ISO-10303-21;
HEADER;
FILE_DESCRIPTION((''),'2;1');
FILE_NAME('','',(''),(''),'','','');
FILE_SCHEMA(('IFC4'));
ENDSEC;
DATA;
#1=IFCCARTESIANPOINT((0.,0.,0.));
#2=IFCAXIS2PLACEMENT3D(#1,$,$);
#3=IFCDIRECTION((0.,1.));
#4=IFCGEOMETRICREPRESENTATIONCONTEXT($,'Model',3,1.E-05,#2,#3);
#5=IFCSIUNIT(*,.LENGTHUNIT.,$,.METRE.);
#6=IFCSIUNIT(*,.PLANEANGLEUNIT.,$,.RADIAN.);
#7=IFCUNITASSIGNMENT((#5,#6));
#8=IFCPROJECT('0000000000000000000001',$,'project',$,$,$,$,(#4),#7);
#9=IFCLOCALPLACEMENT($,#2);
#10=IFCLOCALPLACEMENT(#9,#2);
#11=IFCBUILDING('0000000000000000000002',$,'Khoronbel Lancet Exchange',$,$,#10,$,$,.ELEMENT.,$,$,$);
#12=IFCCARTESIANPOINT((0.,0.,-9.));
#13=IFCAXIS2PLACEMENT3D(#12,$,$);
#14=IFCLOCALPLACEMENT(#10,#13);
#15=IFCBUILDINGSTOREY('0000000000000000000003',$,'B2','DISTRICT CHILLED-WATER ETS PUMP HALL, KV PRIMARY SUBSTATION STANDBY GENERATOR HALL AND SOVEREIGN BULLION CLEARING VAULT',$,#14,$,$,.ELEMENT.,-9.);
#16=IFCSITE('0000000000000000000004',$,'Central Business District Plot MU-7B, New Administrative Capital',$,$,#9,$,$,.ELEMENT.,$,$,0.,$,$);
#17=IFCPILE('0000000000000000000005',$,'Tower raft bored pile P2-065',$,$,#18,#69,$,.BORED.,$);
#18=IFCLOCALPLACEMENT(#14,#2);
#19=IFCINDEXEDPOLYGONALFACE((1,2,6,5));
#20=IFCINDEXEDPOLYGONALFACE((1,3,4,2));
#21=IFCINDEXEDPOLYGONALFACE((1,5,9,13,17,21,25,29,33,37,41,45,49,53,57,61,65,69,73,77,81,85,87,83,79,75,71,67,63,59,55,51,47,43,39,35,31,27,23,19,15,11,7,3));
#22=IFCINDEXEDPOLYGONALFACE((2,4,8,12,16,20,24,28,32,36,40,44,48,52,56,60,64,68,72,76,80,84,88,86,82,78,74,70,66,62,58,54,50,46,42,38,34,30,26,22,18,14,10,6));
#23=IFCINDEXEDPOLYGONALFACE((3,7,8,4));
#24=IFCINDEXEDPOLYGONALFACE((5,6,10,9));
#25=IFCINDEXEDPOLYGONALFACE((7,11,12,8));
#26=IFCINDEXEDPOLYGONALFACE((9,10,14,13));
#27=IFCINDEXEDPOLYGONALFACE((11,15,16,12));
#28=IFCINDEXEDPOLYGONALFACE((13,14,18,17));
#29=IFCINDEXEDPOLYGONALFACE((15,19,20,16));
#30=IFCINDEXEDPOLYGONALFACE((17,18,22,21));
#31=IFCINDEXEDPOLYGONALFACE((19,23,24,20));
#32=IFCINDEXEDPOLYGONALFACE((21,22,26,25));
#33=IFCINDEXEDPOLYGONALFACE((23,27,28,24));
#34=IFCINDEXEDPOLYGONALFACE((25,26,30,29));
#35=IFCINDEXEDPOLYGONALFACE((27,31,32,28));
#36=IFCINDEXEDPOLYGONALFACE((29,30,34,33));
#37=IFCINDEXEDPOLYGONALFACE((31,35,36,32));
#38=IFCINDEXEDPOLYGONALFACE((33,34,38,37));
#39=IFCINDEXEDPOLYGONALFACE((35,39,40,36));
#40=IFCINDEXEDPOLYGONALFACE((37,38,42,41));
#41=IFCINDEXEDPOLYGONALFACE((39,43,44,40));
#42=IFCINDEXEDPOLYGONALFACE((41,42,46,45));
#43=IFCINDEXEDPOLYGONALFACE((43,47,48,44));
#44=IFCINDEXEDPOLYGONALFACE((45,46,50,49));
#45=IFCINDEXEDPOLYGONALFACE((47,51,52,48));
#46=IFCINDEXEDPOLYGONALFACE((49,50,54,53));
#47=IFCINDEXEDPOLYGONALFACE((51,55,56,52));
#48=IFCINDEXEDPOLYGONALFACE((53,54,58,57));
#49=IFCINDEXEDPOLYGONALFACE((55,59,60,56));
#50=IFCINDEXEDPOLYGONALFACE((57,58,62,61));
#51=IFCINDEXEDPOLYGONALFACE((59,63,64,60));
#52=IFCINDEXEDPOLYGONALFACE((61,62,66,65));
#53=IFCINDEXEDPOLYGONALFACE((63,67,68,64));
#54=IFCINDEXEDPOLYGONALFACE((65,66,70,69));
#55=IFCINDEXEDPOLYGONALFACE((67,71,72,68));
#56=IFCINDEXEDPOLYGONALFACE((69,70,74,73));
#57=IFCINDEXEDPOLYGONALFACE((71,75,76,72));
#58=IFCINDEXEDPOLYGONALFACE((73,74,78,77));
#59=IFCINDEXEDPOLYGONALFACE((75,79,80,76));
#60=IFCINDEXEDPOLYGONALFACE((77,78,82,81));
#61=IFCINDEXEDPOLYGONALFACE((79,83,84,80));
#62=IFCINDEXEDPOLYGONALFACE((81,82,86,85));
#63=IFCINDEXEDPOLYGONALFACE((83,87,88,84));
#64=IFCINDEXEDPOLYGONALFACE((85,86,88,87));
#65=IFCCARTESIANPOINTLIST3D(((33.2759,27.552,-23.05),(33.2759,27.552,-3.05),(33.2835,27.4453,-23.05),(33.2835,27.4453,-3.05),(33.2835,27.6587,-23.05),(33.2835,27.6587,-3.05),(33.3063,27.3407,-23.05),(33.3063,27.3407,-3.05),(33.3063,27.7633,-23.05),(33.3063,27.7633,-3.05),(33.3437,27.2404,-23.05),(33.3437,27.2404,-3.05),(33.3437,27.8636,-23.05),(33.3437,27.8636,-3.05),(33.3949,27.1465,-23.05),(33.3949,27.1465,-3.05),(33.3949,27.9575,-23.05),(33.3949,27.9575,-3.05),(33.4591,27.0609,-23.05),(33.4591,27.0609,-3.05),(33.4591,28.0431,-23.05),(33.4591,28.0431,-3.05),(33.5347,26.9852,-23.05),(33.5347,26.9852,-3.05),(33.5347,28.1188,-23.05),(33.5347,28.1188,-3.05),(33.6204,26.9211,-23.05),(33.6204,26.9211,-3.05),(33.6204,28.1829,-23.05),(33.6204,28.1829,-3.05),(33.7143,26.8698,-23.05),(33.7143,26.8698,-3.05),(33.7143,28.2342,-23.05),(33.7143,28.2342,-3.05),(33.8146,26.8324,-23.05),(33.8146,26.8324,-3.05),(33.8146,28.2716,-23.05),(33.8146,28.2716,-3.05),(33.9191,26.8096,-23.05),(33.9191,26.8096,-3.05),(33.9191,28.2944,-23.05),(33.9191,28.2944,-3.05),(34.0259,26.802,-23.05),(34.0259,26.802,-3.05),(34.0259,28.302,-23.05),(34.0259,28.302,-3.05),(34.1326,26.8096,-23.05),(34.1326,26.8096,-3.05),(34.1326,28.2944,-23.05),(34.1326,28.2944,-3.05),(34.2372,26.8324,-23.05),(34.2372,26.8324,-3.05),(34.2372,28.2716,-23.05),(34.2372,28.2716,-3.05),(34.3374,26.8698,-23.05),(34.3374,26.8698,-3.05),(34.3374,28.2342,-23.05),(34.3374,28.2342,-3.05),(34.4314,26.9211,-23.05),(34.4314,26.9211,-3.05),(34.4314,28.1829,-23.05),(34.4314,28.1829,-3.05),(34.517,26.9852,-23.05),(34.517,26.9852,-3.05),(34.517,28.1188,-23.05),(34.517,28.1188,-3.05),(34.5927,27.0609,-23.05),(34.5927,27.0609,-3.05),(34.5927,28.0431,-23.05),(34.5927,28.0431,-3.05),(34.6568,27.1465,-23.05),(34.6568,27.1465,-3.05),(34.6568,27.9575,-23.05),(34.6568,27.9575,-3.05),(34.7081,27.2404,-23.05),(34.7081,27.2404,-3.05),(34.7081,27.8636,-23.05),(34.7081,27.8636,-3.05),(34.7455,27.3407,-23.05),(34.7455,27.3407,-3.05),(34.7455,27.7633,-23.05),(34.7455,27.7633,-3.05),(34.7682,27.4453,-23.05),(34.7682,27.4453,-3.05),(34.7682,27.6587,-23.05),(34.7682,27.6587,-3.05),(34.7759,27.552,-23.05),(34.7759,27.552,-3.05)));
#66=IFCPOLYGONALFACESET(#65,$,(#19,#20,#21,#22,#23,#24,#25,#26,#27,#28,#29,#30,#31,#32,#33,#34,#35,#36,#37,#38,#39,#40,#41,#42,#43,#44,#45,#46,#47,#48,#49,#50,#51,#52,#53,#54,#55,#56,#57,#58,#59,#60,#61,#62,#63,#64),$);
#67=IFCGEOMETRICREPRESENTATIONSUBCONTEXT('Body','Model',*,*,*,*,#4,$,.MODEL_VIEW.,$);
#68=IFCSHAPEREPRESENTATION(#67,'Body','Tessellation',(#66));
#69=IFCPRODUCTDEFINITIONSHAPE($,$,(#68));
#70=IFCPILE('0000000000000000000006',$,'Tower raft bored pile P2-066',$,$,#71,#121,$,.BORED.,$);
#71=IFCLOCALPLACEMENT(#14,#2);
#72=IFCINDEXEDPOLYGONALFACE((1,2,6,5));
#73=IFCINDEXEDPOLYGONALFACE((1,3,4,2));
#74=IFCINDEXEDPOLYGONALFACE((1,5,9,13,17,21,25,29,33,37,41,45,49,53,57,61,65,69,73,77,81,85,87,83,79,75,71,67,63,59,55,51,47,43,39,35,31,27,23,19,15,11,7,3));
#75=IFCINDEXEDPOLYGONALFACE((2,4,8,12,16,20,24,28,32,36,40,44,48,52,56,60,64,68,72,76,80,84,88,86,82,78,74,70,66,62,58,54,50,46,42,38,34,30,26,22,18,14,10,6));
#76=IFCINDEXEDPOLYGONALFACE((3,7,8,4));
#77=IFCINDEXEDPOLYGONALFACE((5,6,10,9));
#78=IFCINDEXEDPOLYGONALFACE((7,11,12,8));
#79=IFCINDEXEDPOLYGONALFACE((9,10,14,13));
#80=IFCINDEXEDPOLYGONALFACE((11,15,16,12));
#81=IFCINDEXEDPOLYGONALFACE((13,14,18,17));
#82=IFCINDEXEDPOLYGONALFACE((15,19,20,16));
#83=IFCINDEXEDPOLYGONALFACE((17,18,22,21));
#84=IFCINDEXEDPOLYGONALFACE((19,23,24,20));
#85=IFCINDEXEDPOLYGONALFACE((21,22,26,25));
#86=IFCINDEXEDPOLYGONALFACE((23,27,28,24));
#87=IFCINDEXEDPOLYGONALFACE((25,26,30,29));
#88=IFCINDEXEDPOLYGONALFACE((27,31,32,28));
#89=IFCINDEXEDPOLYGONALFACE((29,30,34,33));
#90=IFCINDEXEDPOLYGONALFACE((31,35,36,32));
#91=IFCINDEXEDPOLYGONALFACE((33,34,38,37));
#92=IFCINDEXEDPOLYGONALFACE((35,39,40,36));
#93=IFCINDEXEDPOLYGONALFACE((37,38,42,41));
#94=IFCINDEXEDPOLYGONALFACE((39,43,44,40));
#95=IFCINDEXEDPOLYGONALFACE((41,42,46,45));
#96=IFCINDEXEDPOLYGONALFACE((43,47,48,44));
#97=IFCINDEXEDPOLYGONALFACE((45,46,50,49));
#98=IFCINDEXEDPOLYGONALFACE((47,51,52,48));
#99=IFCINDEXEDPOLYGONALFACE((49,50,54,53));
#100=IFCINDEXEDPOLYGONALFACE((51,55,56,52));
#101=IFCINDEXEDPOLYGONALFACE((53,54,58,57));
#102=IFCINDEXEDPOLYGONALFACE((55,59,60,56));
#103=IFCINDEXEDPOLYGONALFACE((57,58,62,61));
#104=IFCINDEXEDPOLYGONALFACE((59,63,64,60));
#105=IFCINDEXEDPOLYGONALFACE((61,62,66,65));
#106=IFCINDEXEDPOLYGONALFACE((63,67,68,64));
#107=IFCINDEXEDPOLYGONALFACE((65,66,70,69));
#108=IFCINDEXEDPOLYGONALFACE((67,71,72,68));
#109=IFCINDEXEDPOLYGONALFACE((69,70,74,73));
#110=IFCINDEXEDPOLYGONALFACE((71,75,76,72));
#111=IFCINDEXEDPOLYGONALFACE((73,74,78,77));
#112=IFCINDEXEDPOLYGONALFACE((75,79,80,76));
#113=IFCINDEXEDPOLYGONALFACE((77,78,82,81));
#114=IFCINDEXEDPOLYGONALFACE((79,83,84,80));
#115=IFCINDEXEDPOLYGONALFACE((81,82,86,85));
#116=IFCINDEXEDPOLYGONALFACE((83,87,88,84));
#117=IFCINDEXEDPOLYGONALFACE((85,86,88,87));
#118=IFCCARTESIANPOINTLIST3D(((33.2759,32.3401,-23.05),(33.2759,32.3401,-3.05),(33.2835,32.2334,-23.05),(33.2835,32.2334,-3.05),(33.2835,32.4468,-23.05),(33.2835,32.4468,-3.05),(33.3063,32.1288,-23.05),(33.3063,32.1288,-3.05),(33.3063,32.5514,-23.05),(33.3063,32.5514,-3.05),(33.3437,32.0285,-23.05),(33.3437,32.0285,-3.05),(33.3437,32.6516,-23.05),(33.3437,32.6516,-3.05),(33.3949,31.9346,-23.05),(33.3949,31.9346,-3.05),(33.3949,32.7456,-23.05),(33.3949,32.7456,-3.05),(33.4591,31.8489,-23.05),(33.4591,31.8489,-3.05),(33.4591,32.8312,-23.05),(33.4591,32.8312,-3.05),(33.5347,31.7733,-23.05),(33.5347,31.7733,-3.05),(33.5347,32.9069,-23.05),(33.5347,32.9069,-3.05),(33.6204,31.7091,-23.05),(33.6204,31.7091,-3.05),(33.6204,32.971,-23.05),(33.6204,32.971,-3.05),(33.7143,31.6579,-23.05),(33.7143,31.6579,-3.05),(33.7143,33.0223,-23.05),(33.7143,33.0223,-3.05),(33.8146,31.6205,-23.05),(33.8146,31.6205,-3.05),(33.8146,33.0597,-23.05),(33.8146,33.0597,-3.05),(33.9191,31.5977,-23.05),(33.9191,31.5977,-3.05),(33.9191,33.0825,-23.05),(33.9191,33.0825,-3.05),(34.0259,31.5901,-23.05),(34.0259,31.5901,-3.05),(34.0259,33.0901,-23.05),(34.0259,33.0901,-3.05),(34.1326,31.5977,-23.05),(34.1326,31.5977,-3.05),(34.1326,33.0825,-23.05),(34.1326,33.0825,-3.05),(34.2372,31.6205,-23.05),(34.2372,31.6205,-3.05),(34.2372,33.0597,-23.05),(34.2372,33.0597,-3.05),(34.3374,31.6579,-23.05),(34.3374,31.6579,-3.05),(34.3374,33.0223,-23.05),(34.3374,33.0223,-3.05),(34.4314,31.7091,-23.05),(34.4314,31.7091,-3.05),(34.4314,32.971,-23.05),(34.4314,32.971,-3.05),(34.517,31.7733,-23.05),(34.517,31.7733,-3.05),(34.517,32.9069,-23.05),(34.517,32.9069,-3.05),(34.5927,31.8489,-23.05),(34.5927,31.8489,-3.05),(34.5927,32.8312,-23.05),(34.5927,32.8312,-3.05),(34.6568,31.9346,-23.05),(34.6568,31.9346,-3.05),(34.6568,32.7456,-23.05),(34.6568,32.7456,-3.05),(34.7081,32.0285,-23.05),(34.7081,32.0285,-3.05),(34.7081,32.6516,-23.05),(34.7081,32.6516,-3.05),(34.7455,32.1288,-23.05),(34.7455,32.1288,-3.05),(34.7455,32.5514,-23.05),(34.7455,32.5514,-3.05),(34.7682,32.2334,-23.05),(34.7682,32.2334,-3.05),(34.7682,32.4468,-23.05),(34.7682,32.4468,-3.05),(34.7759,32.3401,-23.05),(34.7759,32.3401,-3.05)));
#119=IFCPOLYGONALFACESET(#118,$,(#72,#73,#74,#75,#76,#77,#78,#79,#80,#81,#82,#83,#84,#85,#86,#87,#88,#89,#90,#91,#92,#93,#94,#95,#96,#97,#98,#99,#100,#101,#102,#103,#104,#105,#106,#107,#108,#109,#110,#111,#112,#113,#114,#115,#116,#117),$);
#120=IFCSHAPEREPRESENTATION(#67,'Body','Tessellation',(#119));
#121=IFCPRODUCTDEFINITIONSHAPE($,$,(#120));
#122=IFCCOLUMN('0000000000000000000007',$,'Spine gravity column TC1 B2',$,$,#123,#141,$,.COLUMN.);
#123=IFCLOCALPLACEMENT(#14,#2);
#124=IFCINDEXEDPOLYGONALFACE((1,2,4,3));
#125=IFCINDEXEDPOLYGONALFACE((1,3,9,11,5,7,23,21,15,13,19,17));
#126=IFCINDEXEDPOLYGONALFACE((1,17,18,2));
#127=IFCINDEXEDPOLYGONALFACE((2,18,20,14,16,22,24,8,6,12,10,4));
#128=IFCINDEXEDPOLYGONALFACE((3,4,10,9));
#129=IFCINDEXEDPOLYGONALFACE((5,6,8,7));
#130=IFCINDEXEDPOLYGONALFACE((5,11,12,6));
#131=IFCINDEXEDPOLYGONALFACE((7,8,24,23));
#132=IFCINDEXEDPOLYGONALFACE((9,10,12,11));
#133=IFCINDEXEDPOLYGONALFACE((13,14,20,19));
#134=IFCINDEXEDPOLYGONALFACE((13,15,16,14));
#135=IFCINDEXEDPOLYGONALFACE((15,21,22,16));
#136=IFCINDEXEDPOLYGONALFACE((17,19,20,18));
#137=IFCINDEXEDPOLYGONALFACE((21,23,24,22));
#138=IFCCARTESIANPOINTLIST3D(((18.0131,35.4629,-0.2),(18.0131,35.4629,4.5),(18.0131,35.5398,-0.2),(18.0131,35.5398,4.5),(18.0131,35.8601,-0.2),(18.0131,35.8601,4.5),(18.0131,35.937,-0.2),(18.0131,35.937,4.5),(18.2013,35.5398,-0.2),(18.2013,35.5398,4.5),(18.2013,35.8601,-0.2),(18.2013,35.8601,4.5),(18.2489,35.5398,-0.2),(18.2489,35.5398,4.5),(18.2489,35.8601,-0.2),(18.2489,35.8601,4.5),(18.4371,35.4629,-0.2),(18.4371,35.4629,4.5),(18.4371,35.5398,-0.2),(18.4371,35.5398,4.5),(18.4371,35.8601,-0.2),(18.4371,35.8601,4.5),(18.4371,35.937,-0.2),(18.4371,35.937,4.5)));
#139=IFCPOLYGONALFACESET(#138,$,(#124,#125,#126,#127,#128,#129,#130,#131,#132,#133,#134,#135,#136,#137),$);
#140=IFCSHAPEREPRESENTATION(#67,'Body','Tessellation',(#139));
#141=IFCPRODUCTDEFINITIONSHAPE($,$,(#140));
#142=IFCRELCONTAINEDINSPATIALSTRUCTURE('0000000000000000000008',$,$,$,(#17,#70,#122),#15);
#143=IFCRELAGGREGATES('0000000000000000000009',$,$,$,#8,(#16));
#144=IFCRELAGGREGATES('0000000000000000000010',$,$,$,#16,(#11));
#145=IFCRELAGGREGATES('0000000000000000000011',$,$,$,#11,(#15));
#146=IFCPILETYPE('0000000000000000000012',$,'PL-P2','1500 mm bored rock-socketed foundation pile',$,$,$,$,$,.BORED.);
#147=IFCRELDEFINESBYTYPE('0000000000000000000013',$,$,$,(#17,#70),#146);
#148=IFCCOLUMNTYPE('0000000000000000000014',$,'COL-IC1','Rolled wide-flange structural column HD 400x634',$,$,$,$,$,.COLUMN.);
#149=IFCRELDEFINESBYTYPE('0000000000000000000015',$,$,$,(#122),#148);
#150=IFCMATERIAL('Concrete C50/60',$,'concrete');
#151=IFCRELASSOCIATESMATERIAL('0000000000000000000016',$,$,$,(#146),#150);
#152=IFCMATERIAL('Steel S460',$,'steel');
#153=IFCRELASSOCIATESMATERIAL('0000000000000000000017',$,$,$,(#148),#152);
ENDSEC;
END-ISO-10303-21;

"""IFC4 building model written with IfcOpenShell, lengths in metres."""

from ifc_helpers import new_model, si_unit, direction, frame, origin, origin_2d, place, context, subcontext, project, spatial, circle, i_section, extrude, material, material_profile, profile_set, type_object, element, save


model = new_model("IFC4")

# Units and contexts
model_context = context("Model", 3, precision=1e-05, world=origin(), true_north=direction((0.0, 1.0)))
body_context = subcontext(model_context, "Body", "Model", "MODEL_VIEW")
ifc_project = project(units=[si_unit("LENGTHUNIT", "METRE"), si_unit("PLANEANGLEUNIT", "RADIAN")], contexts=[model_context])

# Site, building, storey
site_placement = place(None, origin())
site = spatial("IfcSite", under=ifc_project, at=site_placement, Name="Central Business District Plot MU-7B, New Administrative Capital", CompositionType="ELEMENT", RefElevation=0.0)
building_placement = place(site_placement, origin())
building = spatial("IfcBuilding", under=site, at=building_placement, Name="Khoronbel Lancet Exchange", CompositionType="ELEMENT")
storey_placement = place(building_placement, frame((0.0, 0.0, -9.0)))
storey = spatial("IfcBuildingStorey", under=building, at=storey_placement, Name="B2", Description="DISTRICT CHILLED-WATER ETS PUMP HALL, KV PRIMARY SUBSTATION STANDBY GENERATOR HALL AND SOVEREIGN BULLION CLEARING VAULT", CompositionType="ELEMENT", Elevation=-9.0)

# Piles
ifc_material_1 = material(Name="Concrete C50/60", Category="concrete")
ifc_material_profile_1 = material_profile(ifc_material_1, circle(Radius=0.75, at=origin_2d()), Name="BORED PILE D1500")
ifc_profile_set_1 = profile_set([ifc_material_profile_1], Name="Concrete C50/60")
pile_type = type_object("IfcPileType", Name="PL-P2", Description="1500 mm bored rock-socketed foundation pile", PredefinedType="BORED", material=ifc_profile_set_1)
for number, where, z_axis, x_axis, name in (
    (1, (34.0259, 27.552, -3.05), (0.0, 0.0, -1.0), (1.0, 0.0, 0.0), "Tower raft bored pile P2-065"),
    (2, (34.0259, 32.3401, -3.05), (0.0, 0.0, -1.0), (1.0, 0.0, 0.0), "Tower raft bored pile P2-066"),
):
    element("IfcPile", number, at=place(storey_placement, frame(where, z_axis=z_axis, x_axis=x_axis)), inside=storey, type_object=pile_type, Name=name, PredefinedType="BORED", context=body_context, shape_type="SweptSolid", body=[
        extrude(circle(Radius=0.75, at=origin_2d()), origin(), (0.0, 0.0, 1.0), 20.0),
    ])

# Column
ifc_material_2 = material(Name="Steel S460", Category="steel")
ifc_material_profile_2 = material_profile(ifc_material_2, i_section(OverallWidth=0.4241, OverallDepth=0.4741, WebThickness=0.0476, FlangeThickness=0.0769, at=origin_2d()), Name="HD 400x634")
ifc_profile_set_2 = profile_set([ifc_material_profile_2], Name="Steel S460")
column_type = type_object("IfcColumnType", Name="COL-IC1", Description="Rolled wide-flange structural column HD 400x634", PredefinedType="COLUMN", material=ifc_profile_set_2)
column_placement = place(storey_placement, frame((18.2251, 35.7, -0.2), z_axis=(0.0, 0.0, 1.0), x_axis=(1.0, 0.0, 0.0)))
element("IfcColumn", 3, at=column_placement, inside=storey, type_object=column_type, Name="Spine gravity column TC1 B2", PredefinedType="COLUMN", context=body_context, shape_type="SweptSolid", body=[
    extrude(i_section(OverallWidth=0.4241, OverallDepth=0.4741, WebThickness=0.0476, FlangeThickness=0.0769, at=origin_2d()), origin(), (0.0, 0.0, 1.0), 4.7),
])

save(model, "model.ifc")
